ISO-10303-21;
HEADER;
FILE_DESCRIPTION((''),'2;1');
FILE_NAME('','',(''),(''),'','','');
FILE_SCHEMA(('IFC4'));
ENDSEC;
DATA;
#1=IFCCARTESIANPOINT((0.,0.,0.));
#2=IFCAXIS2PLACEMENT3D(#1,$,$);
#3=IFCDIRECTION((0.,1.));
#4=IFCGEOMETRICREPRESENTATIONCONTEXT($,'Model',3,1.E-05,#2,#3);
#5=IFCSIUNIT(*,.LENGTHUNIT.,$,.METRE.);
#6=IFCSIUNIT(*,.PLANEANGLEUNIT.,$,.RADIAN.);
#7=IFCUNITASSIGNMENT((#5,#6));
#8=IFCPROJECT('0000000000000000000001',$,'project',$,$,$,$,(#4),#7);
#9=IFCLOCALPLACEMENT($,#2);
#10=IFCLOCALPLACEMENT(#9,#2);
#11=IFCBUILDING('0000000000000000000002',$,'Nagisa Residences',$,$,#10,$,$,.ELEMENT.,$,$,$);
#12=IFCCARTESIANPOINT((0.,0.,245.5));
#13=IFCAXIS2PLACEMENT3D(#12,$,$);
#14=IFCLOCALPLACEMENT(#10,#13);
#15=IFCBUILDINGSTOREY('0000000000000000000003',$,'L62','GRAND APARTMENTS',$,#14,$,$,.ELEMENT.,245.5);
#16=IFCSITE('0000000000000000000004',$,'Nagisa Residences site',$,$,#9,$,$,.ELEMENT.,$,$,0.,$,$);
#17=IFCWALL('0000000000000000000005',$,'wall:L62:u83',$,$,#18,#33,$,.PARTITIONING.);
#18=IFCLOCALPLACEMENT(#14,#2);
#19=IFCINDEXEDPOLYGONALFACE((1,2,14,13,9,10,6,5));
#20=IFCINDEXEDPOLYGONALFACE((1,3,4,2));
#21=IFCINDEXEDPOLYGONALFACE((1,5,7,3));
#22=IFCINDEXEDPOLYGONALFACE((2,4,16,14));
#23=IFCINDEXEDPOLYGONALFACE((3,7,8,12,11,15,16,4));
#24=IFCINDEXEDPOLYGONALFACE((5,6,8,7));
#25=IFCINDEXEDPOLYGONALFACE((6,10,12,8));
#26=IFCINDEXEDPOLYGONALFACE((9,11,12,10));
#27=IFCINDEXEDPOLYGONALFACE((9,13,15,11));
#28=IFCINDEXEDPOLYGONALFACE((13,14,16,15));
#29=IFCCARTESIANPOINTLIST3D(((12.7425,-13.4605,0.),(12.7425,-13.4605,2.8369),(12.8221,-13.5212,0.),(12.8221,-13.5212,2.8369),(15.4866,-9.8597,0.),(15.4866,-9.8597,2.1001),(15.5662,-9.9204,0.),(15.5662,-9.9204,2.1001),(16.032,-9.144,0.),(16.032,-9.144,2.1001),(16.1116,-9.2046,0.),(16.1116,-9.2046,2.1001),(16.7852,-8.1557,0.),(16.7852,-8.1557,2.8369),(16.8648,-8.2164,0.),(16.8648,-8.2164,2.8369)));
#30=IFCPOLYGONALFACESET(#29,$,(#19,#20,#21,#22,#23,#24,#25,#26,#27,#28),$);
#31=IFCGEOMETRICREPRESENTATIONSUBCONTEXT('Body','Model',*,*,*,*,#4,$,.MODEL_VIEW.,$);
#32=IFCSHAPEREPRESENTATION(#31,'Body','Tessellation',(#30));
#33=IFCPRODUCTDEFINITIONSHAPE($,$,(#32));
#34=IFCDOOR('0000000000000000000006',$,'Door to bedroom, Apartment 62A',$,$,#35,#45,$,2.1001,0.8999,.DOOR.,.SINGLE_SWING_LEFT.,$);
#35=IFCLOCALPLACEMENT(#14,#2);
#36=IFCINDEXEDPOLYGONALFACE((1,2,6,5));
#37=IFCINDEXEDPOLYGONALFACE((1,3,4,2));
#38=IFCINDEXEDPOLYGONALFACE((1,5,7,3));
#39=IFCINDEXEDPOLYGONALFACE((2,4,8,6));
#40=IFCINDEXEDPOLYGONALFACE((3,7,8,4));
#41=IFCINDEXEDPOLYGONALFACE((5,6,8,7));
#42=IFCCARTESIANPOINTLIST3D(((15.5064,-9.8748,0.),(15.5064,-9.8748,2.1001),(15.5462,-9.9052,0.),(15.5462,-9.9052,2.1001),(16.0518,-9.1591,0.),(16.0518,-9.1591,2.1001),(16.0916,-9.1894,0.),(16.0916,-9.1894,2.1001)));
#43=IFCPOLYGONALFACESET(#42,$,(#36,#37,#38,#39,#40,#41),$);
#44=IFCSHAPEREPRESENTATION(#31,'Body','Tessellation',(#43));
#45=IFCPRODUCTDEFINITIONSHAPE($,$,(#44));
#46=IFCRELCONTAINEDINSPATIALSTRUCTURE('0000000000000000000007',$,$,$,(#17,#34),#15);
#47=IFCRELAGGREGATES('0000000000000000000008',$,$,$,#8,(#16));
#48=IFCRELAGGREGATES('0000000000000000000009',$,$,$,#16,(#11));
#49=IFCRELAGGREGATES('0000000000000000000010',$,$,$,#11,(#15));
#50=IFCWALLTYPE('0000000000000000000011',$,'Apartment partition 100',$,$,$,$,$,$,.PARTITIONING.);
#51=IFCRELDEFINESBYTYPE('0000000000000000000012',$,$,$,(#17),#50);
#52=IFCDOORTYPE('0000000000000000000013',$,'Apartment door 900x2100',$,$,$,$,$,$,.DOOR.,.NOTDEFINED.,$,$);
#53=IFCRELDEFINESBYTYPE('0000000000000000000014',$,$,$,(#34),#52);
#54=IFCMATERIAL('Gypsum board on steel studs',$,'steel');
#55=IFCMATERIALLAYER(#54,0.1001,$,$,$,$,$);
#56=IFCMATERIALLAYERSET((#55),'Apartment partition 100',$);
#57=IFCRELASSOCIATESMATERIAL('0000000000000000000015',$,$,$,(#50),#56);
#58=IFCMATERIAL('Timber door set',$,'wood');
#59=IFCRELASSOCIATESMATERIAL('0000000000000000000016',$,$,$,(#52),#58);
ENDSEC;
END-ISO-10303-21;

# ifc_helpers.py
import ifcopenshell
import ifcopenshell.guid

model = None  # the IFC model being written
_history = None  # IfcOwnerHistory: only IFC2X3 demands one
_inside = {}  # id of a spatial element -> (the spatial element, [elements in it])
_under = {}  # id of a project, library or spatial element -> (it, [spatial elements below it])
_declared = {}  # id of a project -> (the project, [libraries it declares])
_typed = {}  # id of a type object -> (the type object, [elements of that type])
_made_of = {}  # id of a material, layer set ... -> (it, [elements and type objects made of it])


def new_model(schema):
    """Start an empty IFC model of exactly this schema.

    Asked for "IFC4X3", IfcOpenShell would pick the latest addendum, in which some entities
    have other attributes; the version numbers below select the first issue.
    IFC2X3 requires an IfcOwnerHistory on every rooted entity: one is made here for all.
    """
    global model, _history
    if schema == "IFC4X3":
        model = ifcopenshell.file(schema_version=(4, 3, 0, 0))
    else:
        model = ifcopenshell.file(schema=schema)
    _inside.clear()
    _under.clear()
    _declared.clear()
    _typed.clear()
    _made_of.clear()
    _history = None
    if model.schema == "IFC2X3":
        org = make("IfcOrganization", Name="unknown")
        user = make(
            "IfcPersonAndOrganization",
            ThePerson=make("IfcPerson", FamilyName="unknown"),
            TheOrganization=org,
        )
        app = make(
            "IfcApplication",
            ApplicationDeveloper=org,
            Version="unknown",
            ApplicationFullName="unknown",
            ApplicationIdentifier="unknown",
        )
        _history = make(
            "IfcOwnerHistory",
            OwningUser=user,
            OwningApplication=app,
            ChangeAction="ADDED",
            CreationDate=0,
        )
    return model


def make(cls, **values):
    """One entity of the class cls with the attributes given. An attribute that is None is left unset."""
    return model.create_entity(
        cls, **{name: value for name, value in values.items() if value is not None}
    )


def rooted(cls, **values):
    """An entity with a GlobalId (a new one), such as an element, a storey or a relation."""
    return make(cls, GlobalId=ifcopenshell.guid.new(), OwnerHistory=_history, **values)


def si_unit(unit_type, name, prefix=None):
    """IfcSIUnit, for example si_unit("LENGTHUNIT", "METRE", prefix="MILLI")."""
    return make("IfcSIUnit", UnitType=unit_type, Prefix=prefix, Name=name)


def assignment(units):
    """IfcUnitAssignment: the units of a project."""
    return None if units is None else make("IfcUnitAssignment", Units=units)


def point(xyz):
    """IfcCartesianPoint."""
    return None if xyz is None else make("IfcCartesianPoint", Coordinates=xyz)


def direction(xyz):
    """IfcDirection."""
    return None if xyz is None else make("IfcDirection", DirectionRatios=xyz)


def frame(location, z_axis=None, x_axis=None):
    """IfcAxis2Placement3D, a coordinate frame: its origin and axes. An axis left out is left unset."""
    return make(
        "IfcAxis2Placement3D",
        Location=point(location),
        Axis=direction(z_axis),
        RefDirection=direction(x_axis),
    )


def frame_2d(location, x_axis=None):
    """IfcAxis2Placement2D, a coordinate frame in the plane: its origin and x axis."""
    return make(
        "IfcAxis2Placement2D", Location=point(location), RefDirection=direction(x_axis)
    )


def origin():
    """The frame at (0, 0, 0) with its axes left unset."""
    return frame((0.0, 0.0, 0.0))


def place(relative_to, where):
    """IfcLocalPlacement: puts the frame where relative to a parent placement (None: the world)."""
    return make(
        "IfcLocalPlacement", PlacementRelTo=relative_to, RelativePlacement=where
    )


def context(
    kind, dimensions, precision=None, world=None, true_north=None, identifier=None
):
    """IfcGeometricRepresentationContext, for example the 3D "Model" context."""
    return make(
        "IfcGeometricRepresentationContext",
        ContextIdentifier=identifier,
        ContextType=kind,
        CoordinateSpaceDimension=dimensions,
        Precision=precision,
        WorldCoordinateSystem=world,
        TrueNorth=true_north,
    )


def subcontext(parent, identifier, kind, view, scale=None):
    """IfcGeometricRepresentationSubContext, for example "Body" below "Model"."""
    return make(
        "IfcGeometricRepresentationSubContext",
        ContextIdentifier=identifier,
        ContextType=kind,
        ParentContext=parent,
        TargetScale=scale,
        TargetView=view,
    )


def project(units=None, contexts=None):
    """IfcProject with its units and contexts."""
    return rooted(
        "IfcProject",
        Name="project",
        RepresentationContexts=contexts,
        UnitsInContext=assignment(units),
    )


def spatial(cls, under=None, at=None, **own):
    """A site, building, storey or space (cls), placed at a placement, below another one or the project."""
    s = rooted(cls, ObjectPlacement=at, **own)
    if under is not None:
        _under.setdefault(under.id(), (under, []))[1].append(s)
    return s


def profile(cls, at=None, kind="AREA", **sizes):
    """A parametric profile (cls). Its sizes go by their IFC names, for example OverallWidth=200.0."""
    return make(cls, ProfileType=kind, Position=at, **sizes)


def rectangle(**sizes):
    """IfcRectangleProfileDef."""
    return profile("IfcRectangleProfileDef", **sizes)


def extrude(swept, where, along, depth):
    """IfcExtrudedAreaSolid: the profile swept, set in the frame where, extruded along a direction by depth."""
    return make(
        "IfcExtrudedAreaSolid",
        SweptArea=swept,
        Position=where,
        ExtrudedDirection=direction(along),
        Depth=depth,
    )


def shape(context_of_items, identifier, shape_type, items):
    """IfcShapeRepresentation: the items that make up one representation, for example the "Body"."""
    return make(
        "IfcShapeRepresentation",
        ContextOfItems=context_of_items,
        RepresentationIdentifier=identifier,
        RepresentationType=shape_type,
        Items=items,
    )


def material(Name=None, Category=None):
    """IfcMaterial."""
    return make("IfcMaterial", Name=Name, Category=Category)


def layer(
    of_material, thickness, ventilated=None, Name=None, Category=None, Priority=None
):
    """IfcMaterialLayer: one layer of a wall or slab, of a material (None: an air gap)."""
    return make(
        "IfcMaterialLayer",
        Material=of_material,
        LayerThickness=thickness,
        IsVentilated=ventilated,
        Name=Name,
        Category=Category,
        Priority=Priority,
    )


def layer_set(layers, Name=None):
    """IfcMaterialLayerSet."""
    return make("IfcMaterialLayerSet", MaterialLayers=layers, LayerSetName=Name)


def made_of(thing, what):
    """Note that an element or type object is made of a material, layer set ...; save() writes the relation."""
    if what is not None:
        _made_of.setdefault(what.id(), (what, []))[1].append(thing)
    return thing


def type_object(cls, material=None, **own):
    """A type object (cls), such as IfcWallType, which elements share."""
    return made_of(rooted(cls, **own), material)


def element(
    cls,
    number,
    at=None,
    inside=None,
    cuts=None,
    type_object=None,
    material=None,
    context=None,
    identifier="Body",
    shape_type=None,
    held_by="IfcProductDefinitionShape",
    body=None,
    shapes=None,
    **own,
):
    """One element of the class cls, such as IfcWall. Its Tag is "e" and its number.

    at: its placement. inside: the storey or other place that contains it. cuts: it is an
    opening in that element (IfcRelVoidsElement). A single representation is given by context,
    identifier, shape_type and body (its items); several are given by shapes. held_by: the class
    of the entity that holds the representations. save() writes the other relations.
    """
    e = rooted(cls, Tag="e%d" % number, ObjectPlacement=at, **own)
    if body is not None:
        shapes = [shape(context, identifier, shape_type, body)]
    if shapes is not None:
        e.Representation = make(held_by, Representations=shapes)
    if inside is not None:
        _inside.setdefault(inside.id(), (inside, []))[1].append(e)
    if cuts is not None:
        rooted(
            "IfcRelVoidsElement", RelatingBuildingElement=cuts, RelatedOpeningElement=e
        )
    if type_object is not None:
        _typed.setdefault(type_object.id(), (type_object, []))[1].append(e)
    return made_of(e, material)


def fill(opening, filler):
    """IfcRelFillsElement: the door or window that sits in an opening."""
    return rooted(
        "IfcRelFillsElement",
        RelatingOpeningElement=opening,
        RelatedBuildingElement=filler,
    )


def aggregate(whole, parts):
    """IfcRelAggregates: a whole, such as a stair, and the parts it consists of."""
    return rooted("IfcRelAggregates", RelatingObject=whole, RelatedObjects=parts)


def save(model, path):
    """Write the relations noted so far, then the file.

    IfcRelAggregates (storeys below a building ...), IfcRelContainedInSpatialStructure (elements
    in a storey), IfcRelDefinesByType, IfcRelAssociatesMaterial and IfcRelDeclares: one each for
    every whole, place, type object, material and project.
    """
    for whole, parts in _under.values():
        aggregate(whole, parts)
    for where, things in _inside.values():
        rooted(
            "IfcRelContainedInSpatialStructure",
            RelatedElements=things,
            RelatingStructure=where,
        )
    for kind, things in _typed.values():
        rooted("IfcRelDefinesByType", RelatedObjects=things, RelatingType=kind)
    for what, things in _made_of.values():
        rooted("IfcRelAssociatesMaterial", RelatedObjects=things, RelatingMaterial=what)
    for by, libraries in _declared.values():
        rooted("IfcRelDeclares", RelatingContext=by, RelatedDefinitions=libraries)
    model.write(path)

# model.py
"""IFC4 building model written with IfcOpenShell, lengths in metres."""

from ifc_helpers import new_model, si_unit, direction, frame, frame_2d, origin, place, context, subcontext, project, spatial, rectangle, extrude, material, layer, layer_set, type_object, element, fill, save


model = new_model("IFC4")

# Units and contexts
model_context = context("Model", 3, precision=1e-05, world=origin(), true_north=direction((0.0, 1.0)))
body_context = subcontext(model_context, "Body", "Model", "MODEL_VIEW")
ifc_project = project(units=[si_unit("LENGTHUNIT", "METRE"), si_unit("PLANEANGLEUNIT", "RADIAN")], contexts=[model_context])

# Site, building, storey
site_placement = place(None, origin())
site = spatial("IfcSite", under=ifc_project, at=site_placement, Name="Nagisa Residences site", CompositionType="ELEMENT", RefElevation=0.0)
building_placement = place(site_placement, origin())
building = spatial("IfcBuilding", under=site, at=building_placement, Name="Nagisa Residences", CompositionType="ELEMENT")
storey_placement = place(building_placement, frame((0.0, 0.0, 245.5)))
storey = spatial("IfcBuildingStorey", under=building, at=storey_placement, Name="L62", Description="GRAND APARTMENTS", CompositionType="ELEMENT", Elevation=245.5)

# Shared definitions
ifc_material_1 = material(Name="Gypsum board on steel studs", Category="steel")
ifc_layer_1 = layer(ifc_material_1, 0.1001)
ifc_layer_set_1 = layer_set([ifc_layer_1], Name="Apartment partition 100")
wall_type_1 = type_object("IfcWallType", Name="Apartment partition 100", PredefinedType="PARTITIONING", material=ifc_layer_set_1)
ifc_material_2 = material(Name="Timber door set", Category="wood")
door_type_1 = type_object("IfcDoorType", Name="Apartment door 900x2100", OperationType="NOTDEFINED", PredefinedType="DOOR", material=ifc_material_2)

# Wall, opening, door
wall_1_placement = place(storey_placement, frame((12.7822, -13.491, 0.0), z_axis=(0.0, 0.0, 1.0), x_axis=(0.606126, 0.795369, 0.0)))
wall_1 = element("IfcWall", 1, at=wall_1_placement, inside=storey, type_object=wall_type_1, Name="wall:L62:u83", PredefinedType="PARTITIONING", context=body_context, shape_type="SweptSolid", body=[
    extrude(rectangle(XDim=6.6697, YDim=0.1001, at=frame_2d((3.335, 0.0))), origin(), (0.0, 0.0, 1.0), 2.8369),
])
opening_1_placement = place(wall_1_placement, frame((4.5273, 0.0, 0.0)))
opening_1 = element("IfcOpeningElement", 2, at=opening_1_placement, cuts=wall_1, PredefinedType="OPENING", context=body_context, shape_type="SweptSolid", body=[
    extrude(rectangle(XDim=0.8999, YDim=2.1001, at=frame_2d((0.45, 1.05))), frame((0.0, 0.0601, 0.0), z_axis=(0.0, -1.0, 0.0), x_axis=(1.0, 0.0, 0.0)), (0.0, 0.0, 1.0), 0.1201),
])
door_1_placement = place(opening_1_placement, frame((0.8999, 0.0, 0.0), x_axis=(-1.0, 0.0, 0.0)))
door_1 = element("IfcDoor", 3, at=door_1_placement, inside=storey, type_object=door_type_1, Name="Door to bedroom, Apartment 62A", OperationType="SINGLE_SWING_LEFT", OverallHeight=2.1001, OverallWidth=0.8999, PredefinedType="DOOR", context=body_context, shape_type="SweptSolid", body=[
    extrude(rectangle(XDim=0.8999, YDim=2.1001, at=frame_2d((0.45, 1.05))), frame((0.0, 0.0249, 0.0), z_axis=(0.0, -1.0, 0.0), x_axis=(1.0, 0.0, 0.0)), (0.0, 0.0, 1.0), 0.05),
])
fill(opening_1, door_1)

save(model, "model.ifc")
